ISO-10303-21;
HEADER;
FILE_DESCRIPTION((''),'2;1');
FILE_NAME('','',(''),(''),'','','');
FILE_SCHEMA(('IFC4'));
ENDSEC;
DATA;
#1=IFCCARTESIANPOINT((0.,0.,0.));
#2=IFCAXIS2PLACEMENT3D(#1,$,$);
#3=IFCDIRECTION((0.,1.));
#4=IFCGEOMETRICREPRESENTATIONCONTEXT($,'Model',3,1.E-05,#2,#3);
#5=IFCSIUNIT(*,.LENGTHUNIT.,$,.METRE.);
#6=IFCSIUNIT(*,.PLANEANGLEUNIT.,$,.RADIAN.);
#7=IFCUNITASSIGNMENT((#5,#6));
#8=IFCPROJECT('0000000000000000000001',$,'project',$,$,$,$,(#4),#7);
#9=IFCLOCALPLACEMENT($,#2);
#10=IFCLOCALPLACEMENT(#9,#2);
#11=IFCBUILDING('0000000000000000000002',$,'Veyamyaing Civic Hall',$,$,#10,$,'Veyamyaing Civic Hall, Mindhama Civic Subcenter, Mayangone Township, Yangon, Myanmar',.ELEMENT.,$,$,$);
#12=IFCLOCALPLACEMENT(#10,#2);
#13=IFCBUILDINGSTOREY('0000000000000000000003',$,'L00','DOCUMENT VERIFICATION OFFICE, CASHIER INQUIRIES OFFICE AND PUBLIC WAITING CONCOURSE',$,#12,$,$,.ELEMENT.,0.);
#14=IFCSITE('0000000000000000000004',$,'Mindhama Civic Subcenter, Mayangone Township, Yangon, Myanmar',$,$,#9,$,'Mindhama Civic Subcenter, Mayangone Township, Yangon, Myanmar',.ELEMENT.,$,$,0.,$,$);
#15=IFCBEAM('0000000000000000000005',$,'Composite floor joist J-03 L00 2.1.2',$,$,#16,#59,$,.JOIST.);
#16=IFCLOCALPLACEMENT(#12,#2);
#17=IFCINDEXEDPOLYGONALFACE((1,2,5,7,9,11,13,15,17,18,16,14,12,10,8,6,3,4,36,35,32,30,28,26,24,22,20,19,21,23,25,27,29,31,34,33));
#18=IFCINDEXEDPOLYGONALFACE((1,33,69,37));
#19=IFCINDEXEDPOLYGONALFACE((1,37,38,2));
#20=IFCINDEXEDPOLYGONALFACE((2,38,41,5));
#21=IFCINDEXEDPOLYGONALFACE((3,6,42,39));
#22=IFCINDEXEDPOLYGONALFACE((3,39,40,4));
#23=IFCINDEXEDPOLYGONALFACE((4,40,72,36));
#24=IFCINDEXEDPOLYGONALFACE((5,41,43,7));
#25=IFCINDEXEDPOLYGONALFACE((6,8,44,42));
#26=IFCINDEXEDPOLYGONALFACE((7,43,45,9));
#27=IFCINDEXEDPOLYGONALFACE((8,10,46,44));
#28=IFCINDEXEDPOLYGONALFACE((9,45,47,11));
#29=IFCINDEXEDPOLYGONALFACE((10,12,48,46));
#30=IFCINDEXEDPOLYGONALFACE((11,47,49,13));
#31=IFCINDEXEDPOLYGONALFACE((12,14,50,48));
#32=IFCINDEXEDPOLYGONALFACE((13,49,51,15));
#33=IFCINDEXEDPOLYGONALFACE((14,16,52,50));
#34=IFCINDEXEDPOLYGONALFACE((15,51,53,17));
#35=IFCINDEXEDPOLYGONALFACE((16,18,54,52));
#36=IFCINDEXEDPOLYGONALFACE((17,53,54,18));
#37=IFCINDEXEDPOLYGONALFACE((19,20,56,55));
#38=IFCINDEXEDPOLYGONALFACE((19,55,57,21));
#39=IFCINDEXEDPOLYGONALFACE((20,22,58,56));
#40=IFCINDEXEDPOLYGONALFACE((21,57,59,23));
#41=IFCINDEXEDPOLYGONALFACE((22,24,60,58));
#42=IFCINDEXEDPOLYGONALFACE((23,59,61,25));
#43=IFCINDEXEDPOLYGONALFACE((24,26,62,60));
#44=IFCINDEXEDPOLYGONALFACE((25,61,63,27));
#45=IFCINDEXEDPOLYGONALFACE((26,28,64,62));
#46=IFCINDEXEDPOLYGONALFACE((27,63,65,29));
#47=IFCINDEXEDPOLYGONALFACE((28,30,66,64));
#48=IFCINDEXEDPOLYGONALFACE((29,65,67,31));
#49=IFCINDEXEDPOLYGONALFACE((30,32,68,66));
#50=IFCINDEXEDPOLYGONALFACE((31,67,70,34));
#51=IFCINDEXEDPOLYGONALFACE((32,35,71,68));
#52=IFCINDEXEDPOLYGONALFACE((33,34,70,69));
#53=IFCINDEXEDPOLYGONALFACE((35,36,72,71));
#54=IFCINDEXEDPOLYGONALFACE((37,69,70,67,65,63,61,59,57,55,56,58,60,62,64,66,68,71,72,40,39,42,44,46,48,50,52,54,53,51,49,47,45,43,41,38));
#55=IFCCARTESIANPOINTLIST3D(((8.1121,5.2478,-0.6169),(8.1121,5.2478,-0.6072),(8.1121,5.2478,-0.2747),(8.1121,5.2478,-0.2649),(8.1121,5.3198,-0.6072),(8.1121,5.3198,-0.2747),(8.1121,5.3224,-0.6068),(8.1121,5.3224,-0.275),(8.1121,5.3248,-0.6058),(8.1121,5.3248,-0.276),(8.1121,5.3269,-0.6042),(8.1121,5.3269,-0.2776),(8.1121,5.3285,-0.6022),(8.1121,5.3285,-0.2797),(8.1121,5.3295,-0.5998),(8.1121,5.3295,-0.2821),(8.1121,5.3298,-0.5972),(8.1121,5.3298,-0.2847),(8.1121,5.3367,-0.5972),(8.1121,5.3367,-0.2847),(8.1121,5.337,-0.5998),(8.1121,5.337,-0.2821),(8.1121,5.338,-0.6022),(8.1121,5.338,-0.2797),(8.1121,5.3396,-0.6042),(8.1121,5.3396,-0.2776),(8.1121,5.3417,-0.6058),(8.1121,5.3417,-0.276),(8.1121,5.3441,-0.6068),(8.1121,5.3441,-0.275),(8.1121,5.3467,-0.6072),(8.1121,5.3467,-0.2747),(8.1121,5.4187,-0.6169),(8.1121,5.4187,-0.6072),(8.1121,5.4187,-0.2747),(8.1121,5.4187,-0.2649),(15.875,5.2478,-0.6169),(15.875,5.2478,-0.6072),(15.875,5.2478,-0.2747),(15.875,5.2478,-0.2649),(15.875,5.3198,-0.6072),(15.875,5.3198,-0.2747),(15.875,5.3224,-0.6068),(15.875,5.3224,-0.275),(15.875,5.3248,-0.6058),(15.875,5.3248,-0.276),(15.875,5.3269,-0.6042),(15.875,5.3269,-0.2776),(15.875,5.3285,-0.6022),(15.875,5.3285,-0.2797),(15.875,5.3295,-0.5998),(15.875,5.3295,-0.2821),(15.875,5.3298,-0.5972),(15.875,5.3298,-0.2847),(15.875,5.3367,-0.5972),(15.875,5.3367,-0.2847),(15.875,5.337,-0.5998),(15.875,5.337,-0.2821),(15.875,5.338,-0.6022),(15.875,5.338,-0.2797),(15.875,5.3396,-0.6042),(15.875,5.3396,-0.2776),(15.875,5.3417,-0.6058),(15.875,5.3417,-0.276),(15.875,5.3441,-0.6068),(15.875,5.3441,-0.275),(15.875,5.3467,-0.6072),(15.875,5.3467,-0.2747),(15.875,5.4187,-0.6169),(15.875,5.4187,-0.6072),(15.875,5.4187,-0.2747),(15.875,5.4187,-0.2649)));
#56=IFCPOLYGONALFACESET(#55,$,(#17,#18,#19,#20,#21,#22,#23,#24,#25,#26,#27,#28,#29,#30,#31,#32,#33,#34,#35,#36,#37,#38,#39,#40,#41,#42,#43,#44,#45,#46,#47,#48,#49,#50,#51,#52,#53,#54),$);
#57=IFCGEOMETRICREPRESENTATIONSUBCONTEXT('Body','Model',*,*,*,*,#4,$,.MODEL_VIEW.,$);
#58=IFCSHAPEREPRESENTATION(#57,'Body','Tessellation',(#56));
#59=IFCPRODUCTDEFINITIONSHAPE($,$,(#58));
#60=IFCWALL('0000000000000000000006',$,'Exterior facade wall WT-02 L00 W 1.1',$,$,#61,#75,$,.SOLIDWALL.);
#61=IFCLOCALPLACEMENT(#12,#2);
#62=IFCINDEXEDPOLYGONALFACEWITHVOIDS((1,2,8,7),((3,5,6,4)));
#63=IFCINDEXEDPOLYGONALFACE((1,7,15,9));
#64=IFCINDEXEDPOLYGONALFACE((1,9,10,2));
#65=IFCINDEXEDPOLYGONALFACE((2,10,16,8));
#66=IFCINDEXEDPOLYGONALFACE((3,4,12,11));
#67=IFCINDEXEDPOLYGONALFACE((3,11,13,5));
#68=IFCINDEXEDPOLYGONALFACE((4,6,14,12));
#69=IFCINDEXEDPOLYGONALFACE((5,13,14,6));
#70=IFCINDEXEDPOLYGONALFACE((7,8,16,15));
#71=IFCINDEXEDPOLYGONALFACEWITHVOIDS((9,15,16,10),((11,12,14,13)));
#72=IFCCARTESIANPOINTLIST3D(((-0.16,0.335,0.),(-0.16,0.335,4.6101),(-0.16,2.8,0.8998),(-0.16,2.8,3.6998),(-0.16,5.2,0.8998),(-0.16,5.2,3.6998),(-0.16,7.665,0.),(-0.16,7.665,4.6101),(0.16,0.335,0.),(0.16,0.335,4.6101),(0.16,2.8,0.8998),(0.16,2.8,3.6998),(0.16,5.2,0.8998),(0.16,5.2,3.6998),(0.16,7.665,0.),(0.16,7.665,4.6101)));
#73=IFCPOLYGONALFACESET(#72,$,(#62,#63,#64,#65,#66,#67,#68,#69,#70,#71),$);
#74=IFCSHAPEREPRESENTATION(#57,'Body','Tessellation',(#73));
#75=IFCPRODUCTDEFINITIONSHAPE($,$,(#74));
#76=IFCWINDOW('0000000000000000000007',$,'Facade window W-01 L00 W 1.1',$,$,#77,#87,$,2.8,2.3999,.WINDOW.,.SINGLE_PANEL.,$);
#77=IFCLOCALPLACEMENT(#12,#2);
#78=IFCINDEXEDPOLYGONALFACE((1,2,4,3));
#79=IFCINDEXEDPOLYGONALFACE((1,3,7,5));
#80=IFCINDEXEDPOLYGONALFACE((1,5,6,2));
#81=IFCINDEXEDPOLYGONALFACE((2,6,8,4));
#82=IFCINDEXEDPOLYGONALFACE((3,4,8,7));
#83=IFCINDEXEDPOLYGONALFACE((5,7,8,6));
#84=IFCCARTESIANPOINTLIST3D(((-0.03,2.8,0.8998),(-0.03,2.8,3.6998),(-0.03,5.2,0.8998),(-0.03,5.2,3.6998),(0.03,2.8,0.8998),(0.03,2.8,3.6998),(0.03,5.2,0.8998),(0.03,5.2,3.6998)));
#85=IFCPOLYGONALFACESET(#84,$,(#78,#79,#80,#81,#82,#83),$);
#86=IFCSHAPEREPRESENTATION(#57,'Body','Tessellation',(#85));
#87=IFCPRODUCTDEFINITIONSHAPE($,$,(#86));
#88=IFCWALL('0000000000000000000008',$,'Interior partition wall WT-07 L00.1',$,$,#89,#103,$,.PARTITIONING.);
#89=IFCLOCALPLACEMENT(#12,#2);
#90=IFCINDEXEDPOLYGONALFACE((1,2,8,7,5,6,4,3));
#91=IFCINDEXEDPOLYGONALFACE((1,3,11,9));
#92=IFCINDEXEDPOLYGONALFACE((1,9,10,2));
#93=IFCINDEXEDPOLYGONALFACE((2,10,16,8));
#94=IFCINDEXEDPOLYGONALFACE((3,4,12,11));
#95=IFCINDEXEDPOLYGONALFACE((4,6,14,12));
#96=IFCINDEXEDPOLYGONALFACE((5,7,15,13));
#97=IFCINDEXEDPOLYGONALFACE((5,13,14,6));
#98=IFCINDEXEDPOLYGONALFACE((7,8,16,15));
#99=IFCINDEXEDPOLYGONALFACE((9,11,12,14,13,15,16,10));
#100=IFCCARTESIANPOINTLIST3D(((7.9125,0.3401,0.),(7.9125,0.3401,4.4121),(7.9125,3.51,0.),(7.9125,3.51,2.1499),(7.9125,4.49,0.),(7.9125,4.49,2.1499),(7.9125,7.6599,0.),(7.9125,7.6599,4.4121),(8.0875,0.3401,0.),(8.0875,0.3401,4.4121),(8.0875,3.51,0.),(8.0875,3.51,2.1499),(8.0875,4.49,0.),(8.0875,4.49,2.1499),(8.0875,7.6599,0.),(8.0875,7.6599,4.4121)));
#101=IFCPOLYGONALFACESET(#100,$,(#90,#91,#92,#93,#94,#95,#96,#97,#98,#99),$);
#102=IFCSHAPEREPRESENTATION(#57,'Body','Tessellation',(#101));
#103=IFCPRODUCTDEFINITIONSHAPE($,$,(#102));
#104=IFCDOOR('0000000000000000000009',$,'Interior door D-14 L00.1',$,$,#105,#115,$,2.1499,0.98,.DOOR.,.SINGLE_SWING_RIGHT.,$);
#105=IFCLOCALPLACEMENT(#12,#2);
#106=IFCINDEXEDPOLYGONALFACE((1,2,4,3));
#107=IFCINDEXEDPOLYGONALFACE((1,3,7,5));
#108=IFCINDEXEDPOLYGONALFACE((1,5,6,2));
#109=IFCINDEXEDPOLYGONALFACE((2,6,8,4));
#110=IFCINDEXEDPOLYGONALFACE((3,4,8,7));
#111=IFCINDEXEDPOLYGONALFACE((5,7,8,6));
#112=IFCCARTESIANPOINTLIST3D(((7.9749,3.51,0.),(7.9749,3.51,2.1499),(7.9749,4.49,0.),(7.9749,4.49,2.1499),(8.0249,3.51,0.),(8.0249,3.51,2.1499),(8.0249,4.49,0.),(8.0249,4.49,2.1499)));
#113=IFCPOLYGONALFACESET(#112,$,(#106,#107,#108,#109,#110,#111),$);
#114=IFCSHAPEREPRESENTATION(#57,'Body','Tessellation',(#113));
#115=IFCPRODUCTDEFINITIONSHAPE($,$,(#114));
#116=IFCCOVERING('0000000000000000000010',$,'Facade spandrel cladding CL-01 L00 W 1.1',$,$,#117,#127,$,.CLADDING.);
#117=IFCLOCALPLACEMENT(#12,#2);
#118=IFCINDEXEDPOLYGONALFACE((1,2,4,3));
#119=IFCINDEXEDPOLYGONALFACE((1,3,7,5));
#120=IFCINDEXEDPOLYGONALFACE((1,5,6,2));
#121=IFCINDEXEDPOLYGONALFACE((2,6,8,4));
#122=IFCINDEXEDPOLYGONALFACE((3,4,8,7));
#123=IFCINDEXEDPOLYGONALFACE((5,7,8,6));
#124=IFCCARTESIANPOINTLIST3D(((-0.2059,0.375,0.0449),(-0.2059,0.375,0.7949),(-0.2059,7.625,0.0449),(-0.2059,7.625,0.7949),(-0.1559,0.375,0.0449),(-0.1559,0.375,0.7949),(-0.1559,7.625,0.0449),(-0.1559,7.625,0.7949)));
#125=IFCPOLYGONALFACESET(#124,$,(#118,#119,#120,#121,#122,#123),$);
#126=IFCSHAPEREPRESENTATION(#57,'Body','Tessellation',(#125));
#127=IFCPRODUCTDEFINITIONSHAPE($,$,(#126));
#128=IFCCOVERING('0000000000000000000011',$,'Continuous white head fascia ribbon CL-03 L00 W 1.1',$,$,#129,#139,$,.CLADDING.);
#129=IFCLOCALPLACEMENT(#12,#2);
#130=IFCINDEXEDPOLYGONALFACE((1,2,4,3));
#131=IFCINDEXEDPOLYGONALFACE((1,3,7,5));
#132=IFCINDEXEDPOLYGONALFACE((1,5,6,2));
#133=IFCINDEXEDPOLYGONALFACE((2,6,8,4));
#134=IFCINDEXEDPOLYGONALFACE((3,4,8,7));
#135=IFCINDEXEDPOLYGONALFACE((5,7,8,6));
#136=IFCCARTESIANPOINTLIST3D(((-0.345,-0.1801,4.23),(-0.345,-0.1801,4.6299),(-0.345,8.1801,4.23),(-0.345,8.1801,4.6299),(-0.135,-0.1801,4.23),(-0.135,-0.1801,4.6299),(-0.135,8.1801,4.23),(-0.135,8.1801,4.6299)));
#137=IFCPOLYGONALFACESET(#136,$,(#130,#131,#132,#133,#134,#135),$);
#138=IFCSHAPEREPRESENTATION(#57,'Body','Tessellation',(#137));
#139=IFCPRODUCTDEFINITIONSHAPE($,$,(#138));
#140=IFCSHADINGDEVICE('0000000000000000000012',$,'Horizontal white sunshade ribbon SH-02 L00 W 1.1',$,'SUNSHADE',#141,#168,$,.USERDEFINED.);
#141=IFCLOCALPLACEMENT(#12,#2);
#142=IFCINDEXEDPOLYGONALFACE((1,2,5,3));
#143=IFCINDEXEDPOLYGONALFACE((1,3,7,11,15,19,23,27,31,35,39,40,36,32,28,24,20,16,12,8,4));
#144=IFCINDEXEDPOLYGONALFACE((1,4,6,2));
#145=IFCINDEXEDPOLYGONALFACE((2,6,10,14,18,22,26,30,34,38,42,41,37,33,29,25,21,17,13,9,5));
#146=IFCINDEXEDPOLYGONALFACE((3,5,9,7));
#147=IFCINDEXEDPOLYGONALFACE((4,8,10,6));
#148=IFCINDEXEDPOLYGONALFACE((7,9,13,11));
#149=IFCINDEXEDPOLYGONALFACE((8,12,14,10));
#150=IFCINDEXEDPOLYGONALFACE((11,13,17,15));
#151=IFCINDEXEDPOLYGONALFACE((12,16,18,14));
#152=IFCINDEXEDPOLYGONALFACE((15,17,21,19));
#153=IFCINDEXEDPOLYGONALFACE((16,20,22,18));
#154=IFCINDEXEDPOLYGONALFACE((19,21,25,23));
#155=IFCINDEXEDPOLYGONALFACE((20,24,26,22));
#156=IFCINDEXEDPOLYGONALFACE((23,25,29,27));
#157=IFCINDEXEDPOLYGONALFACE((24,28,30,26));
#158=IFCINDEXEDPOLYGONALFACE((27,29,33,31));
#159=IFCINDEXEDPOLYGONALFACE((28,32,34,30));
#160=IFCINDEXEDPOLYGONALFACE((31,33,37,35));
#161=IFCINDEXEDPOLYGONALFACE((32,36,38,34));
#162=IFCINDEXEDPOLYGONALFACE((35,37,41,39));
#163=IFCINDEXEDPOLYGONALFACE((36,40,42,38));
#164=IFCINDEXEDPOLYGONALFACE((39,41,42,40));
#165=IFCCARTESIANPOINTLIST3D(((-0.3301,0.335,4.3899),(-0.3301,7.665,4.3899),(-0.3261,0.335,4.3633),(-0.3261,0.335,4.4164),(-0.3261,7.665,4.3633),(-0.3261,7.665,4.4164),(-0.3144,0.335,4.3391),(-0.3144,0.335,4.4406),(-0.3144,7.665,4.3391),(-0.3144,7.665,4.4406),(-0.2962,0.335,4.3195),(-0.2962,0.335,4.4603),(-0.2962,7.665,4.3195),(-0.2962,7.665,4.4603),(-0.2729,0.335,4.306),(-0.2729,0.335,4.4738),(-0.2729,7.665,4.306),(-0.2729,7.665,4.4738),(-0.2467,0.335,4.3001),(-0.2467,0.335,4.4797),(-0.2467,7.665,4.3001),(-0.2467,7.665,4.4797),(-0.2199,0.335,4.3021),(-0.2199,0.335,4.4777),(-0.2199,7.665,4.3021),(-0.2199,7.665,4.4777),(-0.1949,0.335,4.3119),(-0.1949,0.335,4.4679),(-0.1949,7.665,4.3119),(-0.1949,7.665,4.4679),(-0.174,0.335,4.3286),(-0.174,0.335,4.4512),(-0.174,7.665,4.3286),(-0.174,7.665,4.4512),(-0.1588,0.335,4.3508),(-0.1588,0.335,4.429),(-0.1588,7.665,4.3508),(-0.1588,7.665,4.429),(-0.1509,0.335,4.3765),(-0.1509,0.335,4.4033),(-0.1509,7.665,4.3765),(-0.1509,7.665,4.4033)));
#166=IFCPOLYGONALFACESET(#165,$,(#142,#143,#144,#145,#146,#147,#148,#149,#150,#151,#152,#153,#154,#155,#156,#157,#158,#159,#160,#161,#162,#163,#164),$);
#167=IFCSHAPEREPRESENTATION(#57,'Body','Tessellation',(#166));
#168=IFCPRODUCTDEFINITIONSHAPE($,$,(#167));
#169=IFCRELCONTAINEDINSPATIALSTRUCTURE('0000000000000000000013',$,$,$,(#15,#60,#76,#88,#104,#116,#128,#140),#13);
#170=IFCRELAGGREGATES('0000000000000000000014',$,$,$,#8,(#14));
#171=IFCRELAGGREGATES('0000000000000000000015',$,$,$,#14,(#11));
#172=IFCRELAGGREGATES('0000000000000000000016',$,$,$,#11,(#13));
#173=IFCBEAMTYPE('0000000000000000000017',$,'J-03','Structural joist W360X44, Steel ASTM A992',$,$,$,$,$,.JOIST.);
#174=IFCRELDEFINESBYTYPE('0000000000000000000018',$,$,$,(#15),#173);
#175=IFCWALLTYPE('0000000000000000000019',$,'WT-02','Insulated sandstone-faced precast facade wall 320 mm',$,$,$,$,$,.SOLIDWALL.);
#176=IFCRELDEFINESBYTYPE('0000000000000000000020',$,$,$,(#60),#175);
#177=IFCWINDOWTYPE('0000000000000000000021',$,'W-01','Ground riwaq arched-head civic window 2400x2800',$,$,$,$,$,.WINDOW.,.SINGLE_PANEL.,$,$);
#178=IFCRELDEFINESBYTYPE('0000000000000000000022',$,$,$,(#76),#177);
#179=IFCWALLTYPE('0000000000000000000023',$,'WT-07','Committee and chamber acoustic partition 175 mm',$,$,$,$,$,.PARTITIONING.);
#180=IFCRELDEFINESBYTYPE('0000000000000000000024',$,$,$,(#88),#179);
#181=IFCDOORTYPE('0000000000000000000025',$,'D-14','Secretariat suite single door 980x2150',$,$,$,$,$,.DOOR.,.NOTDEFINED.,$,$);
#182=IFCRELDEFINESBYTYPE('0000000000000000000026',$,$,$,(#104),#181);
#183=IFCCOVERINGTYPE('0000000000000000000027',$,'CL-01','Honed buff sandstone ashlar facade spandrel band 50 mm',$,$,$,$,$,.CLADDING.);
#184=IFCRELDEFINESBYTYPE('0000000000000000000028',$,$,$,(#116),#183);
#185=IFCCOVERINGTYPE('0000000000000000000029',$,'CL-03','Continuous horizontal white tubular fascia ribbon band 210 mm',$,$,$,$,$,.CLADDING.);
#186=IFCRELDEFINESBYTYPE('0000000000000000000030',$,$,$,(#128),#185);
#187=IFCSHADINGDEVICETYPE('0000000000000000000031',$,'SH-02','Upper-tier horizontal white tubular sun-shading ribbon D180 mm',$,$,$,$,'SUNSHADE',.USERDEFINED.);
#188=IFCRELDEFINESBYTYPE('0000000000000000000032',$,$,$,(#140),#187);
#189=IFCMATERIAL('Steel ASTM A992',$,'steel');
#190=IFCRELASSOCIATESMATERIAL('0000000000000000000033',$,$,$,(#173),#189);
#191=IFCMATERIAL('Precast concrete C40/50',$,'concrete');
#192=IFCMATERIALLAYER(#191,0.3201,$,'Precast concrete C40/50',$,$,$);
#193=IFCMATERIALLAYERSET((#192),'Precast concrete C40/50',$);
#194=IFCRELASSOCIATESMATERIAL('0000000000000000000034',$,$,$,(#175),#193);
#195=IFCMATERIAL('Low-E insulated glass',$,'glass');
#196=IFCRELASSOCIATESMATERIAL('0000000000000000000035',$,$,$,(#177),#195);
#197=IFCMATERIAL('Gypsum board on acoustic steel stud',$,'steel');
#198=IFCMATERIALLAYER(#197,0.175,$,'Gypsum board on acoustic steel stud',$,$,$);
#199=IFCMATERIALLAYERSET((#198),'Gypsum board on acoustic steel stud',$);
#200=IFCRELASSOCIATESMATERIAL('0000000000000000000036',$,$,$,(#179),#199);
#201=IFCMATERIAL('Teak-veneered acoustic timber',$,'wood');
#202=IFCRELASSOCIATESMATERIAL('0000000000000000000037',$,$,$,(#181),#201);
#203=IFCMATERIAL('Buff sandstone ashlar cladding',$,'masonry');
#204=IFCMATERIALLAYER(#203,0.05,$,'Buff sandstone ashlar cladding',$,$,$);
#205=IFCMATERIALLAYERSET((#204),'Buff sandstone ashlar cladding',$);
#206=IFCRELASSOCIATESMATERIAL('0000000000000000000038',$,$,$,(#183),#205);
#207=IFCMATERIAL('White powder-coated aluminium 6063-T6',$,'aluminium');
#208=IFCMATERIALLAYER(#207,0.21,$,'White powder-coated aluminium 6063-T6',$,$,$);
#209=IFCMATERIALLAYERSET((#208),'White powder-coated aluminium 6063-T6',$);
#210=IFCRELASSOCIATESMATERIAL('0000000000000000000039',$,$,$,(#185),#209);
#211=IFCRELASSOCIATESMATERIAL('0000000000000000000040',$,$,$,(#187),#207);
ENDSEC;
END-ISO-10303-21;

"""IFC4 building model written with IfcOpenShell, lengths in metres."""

from ifc_helpers import new_model, si_unit, direction, frame, frame_2d, origin, origin_2d, place, context, subcontext, project, spatial, rectangle, circle, i_section, extrude, material, layer, layer_set, material_profile, profile_set, type_object, element, fill, save


model = new_model("IFC4")

# Units and contexts
model_context = context("Model", 3, precision=1e-05, world=origin(), true_north=direction((0.0, 1.0)))
body_context = subcontext(model_context, "Body", "Model", "MODEL_VIEW")
ifc_project = project(units=[si_unit("LENGTHUNIT", "METRE"), si_unit("PLANEANGLEUNIT", "RADIAN")], contexts=[model_context])

# Site, building, storey
site_placement = place(None, origin())
site = spatial("IfcSite", under=ifc_project, at=site_placement, Name="Mindhama Civic Subcenter, Mayangone Township, Yangon, Myanmar", LongName="Mindhama Civic Subcenter, Mayangone Township, Yangon, Myanmar", CompositionType="ELEMENT", RefElevation=0.0)
building_placement = place(site_placement, origin())
building = spatial("IfcBuilding", under=site, at=building_placement, Name="Veyamyaing Civic Hall", LongName="Veyamyaing Civic Hall, Mindhama Civic Subcenter, Mayangone Township, Yangon, Myanmar", CompositionType="ELEMENT")
storey_placement = place(building_placement, origin())
storey = spatial("IfcBuildingStorey", under=building, at=storey_placement, Name="L00", Description="DOCUMENT VERIFICATION OFFICE, CASHIER INQUIRIES OFFICE AND PUBLIC WAITING CONCOURSE", CompositionType="ELEMENT", Elevation=0.0)

# Beam
ifc_material_1 = material(Name="Steel ASTM A992", Category="steel")
ifc_material_profile_1 = material_profile(ifc_material_1, i_section(OverallWidth=0.1709, OverallDepth=0.3521, WebThickness=0.0068, FlangeThickness=0.0098, FilletRadius=0.01, at=origin_2d()), Name="W360X44")
ifc_profile_set_1 = profile_set([ifc_material_profile_1], Name="Steel ASTM A992")
beam_type_1 = type_object("IfcBeamType", Name="J-03", Description="Structural joist W360X44, Steel ASTM A992", PredefinedType="JOIST", material=ifc_profile_set_1)
for number, where, z_axis, x_axis, name in (
    (1, (8.1121, 5.3333, -0.4409), (1.0, 0.0, 0.0), (0.0, 1.0, 0.0), "Composite floor joist J-03 L00 2.1.2"),
):
    element("IfcBeam", number, at=place(storey_placement, frame(where, z_axis=z_axis, x_axis=x_axis)), inside=storey, type_object=beam_type_1, Name=name, PredefinedType="JOIST", context=body_context, shape_type="SweptSolid", body=[
        extrude(i_section(OverallWidth=0.1709, OverallDepth=0.3521, WebThickness=0.0068, FlangeThickness=0.0098, FilletRadius=0.01, at=origin_2d()), origin(), (0.0, 0.0, 1.0), 7.7629),
    ])

# Wall, opening, window
ifc_material_2 = material(Name="Precast concrete C40/50", Category="concrete")
ifc_layer_1 = layer(ifc_material_2, 0.3201, Name="Precast concrete C40/50")
ifc_layer_set_1 = layer_set([ifc_layer_1], Name="Precast concrete C40/50")
wall_type_1 = type_object("IfcWallType", Name="WT-02", Description="Insulated sandstone-faced precast facade wall 320 mm", PredefinedType="SOLIDWALL", material=ifc_layer_set_1)
wall_1_placement = place(storey_placement, frame((0.0, 0.335, 0.0), z_axis=(0.0, 0.0, 1.0), x_axis=(0.0, 1.0, 0.0)))
wall_1 = element("IfcWall", 2, at=wall_1_placement, inside=storey, type_object=wall_type_1, Name="Exterior facade wall WT-02 L00 W 1.1", PredefinedType="SOLIDWALL", context=body_context, shape_type="SweptSolid", body=[
    extrude(rectangle(XDim=7.3301, YDim=0.3201, at=frame_2d((3.665, 0.0))), origin(), (0.0, 0.0, 1.0), 4.6101),
])
opening_1_placement = place(wall_1_placement, frame((2.4651, 0.0, 0.8999)))
opening_1 = element("IfcOpeningElement", 3, at=opening_1_placement, cuts=wall_1, PredefinedType="OPENING", context=body_context, shape_type="SweptSolid", body=[
    extrude(rectangle(XDim=2.3999, YDim=2.8, at=frame_2d((1.2, 1.3999))), frame((0.0, 0.1699, 0.0), z_axis=(0.0, -1.0, 0.0), x_axis=(1.0, 0.0, 0.0)), (0.0, 0.0, 1.0), 0.3401),
])
ifc_material_3 = material(Name="Low-E insulated glass", Category="glass")
window_type = type_object("IfcWindowType", Name="W-01", Description="Ground riwaq arched-head civic window 2400x2800", PartitioningType="SINGLE_PANEL", PredefinedType="WINDOW", material=ifc_material_3)
window_placement = place(opening_1_placement, origin())
window = element("IfcWindow", 4, at=window_placement, inside=storey, type_object=window_type, Name="Facade window W-01 L00 W 1.1", OverallHeight=2.8, OverallWidth=2.3999, PartitioningType="SINGLE_PANEL", PredefinedType="WINDOW", context=body_context, shape_type="SweptSolid", body=[
    extrude(rectangle(XDim=2.3999, YDim=2.8, at=frame_2d((1.2, 1.3999))), frame((0.0, 0.03, 0.0), z_axis=(0.0, -1.0, 0.0), x_axis=(1.0, 0.0, 0.0)), (0.0, 0.0, 1.0), 0.0601),
])
fill(opening_1, window)

# Wall, opening, door
ifc_material_4 = material(Name="Gypsum board on acoustic steel stud", Category="steel")
ifc_layer_2 = layer(ifc_material_4, 0.175, Name="Gypsum board on acoustic steel stud")
ifc_layer_set_2 = layer_set([ifc_layer_2], Name="Gypsum board on acoustic steel stud")
wall_type_2 = type_object("IfcWallType", Name="WT-07", Description="Committee and chamber acoustic partition 175 mm", PredefinedType="PARTITIONING", material=ifc_layer_set_2)
wall_2_placement = place(storey_placement, frame((8.0, 0.3401, 0.0), z_axis=(0.0, 0.0, 1.0), x_axis=(0.0, 1.0, 0.0)))
wall_2 = element("IfcWall", 5, at=wall_2_placement, inside=storey, type_object=wall_type_2, Name="Interior partition wall WT-07 L00.1", PredefinedType="PARTITIONING", context=body_context, shape_type="SweptSolid", body=[
    extrude(rectangle(XDim=7.3198, YDim=0.175, at=frame_2d((3.6599, 0.0))), origin(), (0.0, 0.0, 1.0), 4.4121),
])
opening_2_placement = place(wall_2_placement, frame((3.1699, 0.0, 0.0)))
opening_2 = element("IfcOpeningElement", 6, at=opening_2_placement, cuts=wall_2, PredefinedType="OPENING", context=body_context, shape_type="SweptSolid", body=[
    extrude(rectangle(XDim=0.98, YDim=2.1499, at=frame_2d((0.49, 1.075))), frame((0.0, 0.0974, 0.0), z_axis=(0.0, -1.0, 0.0), x_axis=(1.0, 0.0, 0.0)), (0.0, 0.0, 1.0), 0.1951),
])
ifc_material_5 = material(Name="Teak-veneered acoustic timber", Category="wood")
door_type = type_object("IfcDoorType", Name="D-14", Description="Secretariat suite single door 980x2150", OperationType="NOTDEFINED", PredefinedType="DOOR", material=ifc_material_5)
door_placement = place(opening_2_placement, frame((0.98, 0.0, 0.0), z_axis=(0.0, 0.0, 1.0), x_axis=(-1.0, 0.0, 0.0)))
door = element("IfcDoor", 7, at=door_placement, inside=storey, type_object=door_type, Name="Interior door D-14 L00.1", OperationType="SINGLE_SWING_RIGHT", OverallHeight=2.1499, OverallWidth=0.98, PredefinedType="DOOR", context=body_context, shape_type="SweptSolid", body=[
    extrude(rectangle(XDim=0.98, YDim=2.1499, at=frame_2d((0.49, 1.075))), frame((0.0, 0.0249, 0.0), z_axis=(0.0, -1.0, 0.0), x_axis=(1.0, 0.0, 0.0)), (0.0, 0.0, 1.0), 0.05),
])
fill(opening_2, door)

# Coverings
ifc_material_6 = material(Name="Buff sandstone ashlar cladding", Category="masonry")
ifc_layer_3 = layer(ifc_material_6, 0.05, Name="Buff sandstone ashlar cladding")
ifc_layer_set_3 = layer_set([ifc_layer_3], Name="Buff sandstone ashlar cladding")
covering_type_1 = type_object("IfcCoveringType", Name="CL-01", Description="Honed buff sandstone ashlar facade spandrel band 50 mm", PredefinedType="CLADDING", material=ifc_layer_set_3)
covering_1_placement = place(storey_placement, frame((-0.1809, 4.0, 0.0449), z_axis=(0.0, 0.0, 1.0), x_axis=(0.0, 1.0, 0.0)))
element("IfcCovering", 8, at=covering_1_placement, inside=storey, type_object=covering_type_1, Name="Facade spandrel cladding CL-01 L00 W 1.1", PredefinedType="CLADDING", context=body_context, shape_type="SweptSolid", body=[
    extrude(rectangle(XDim=7.25, YDim=0.05, at=origin_2d()), origin(), (0.0, 0.0, 1.0), 0.75),
])
ifc_material_7 = material(Name="White powder-coated aluminium 6063-T6", Category="aluminium")
ifc_layer_4 = layer(ifc_material_7, 0.21, Name="White powder-coated aluminium 6063-T6")
ifc_layer_set_4 = layer_set([ifc_layer_4], Name="White powder-coated aluminium 6063-T6")
covering_type_2 = type_object("IfcCoveringType", Name="CL-03", Description="Continuous horizontal white tubular fascia ribbon band 210 mm", PredefinedType="CLADDING", material=ifc_layer_set_4)
covering_2_placement = place(storey_placement, frame((-0.24, 4.0, 4.23), z_axis=(0.0, 0.0, 1.0), x_axis=(0.0, 1.0, 0.0)))
element("IfcCovering", 9, at=covering_2_placement, inside=storey, type_object=covering_type_2, Name="Continuous white head fascia ribbon CL-03 L00 W 1.1", PredefinedType="CLADDING", context=body_context, shape_type="SweptSolid", body=[
    extrude(rectangle(XDim=8.3601, YDim=0.21, at=origin_2d()), origin(), (0.0, 0.0, 1.0), 0.3999),
])

# Shading device
ifc_material_profile_2 = material_profile(ifc_material_7, circle(Radius=0.0901, at=origin_2d()), Name="SHADE-TUBE-180")
ifc_profile_set_2 = profile_set([ifc_material_profile_2], Name="White powder-coated aluminium 6063-T6")
shading_device_type = type_object("IfcShadingDeviceType", Name="SH-02", Description="Upper-tier horizontal white tubular sun-shading ribbon D180 mm", ElementType="SUNSHADE", PredefinedType="USERDEFINED", material=ifc_profile_set_2)
shading_device_placement = place(storey_placement, frame((-0.24, 0.335, 4.3899), z_axis=(0.0, 1.0, 0.0), x_axis=(-1.0, 0.0, 0.0)))
element("IfcShadingDevice", 10, at=shading_device_placement, inside=storey, type_object=shading_device_type, Name="Horizontal white sunshade ribbon SH-02 L00 W 1.1", ObjectType="SUNSHADE", PredefinedType="USERDEFINED", context=body_context, shape_type="SweptSolid", body=[
    extrude(circle(Radius=0.0901, at=origin_2d()), origin(), (0.0, 0.0, 1.0), 7.3301),
])

save(model, "model.ifc")
